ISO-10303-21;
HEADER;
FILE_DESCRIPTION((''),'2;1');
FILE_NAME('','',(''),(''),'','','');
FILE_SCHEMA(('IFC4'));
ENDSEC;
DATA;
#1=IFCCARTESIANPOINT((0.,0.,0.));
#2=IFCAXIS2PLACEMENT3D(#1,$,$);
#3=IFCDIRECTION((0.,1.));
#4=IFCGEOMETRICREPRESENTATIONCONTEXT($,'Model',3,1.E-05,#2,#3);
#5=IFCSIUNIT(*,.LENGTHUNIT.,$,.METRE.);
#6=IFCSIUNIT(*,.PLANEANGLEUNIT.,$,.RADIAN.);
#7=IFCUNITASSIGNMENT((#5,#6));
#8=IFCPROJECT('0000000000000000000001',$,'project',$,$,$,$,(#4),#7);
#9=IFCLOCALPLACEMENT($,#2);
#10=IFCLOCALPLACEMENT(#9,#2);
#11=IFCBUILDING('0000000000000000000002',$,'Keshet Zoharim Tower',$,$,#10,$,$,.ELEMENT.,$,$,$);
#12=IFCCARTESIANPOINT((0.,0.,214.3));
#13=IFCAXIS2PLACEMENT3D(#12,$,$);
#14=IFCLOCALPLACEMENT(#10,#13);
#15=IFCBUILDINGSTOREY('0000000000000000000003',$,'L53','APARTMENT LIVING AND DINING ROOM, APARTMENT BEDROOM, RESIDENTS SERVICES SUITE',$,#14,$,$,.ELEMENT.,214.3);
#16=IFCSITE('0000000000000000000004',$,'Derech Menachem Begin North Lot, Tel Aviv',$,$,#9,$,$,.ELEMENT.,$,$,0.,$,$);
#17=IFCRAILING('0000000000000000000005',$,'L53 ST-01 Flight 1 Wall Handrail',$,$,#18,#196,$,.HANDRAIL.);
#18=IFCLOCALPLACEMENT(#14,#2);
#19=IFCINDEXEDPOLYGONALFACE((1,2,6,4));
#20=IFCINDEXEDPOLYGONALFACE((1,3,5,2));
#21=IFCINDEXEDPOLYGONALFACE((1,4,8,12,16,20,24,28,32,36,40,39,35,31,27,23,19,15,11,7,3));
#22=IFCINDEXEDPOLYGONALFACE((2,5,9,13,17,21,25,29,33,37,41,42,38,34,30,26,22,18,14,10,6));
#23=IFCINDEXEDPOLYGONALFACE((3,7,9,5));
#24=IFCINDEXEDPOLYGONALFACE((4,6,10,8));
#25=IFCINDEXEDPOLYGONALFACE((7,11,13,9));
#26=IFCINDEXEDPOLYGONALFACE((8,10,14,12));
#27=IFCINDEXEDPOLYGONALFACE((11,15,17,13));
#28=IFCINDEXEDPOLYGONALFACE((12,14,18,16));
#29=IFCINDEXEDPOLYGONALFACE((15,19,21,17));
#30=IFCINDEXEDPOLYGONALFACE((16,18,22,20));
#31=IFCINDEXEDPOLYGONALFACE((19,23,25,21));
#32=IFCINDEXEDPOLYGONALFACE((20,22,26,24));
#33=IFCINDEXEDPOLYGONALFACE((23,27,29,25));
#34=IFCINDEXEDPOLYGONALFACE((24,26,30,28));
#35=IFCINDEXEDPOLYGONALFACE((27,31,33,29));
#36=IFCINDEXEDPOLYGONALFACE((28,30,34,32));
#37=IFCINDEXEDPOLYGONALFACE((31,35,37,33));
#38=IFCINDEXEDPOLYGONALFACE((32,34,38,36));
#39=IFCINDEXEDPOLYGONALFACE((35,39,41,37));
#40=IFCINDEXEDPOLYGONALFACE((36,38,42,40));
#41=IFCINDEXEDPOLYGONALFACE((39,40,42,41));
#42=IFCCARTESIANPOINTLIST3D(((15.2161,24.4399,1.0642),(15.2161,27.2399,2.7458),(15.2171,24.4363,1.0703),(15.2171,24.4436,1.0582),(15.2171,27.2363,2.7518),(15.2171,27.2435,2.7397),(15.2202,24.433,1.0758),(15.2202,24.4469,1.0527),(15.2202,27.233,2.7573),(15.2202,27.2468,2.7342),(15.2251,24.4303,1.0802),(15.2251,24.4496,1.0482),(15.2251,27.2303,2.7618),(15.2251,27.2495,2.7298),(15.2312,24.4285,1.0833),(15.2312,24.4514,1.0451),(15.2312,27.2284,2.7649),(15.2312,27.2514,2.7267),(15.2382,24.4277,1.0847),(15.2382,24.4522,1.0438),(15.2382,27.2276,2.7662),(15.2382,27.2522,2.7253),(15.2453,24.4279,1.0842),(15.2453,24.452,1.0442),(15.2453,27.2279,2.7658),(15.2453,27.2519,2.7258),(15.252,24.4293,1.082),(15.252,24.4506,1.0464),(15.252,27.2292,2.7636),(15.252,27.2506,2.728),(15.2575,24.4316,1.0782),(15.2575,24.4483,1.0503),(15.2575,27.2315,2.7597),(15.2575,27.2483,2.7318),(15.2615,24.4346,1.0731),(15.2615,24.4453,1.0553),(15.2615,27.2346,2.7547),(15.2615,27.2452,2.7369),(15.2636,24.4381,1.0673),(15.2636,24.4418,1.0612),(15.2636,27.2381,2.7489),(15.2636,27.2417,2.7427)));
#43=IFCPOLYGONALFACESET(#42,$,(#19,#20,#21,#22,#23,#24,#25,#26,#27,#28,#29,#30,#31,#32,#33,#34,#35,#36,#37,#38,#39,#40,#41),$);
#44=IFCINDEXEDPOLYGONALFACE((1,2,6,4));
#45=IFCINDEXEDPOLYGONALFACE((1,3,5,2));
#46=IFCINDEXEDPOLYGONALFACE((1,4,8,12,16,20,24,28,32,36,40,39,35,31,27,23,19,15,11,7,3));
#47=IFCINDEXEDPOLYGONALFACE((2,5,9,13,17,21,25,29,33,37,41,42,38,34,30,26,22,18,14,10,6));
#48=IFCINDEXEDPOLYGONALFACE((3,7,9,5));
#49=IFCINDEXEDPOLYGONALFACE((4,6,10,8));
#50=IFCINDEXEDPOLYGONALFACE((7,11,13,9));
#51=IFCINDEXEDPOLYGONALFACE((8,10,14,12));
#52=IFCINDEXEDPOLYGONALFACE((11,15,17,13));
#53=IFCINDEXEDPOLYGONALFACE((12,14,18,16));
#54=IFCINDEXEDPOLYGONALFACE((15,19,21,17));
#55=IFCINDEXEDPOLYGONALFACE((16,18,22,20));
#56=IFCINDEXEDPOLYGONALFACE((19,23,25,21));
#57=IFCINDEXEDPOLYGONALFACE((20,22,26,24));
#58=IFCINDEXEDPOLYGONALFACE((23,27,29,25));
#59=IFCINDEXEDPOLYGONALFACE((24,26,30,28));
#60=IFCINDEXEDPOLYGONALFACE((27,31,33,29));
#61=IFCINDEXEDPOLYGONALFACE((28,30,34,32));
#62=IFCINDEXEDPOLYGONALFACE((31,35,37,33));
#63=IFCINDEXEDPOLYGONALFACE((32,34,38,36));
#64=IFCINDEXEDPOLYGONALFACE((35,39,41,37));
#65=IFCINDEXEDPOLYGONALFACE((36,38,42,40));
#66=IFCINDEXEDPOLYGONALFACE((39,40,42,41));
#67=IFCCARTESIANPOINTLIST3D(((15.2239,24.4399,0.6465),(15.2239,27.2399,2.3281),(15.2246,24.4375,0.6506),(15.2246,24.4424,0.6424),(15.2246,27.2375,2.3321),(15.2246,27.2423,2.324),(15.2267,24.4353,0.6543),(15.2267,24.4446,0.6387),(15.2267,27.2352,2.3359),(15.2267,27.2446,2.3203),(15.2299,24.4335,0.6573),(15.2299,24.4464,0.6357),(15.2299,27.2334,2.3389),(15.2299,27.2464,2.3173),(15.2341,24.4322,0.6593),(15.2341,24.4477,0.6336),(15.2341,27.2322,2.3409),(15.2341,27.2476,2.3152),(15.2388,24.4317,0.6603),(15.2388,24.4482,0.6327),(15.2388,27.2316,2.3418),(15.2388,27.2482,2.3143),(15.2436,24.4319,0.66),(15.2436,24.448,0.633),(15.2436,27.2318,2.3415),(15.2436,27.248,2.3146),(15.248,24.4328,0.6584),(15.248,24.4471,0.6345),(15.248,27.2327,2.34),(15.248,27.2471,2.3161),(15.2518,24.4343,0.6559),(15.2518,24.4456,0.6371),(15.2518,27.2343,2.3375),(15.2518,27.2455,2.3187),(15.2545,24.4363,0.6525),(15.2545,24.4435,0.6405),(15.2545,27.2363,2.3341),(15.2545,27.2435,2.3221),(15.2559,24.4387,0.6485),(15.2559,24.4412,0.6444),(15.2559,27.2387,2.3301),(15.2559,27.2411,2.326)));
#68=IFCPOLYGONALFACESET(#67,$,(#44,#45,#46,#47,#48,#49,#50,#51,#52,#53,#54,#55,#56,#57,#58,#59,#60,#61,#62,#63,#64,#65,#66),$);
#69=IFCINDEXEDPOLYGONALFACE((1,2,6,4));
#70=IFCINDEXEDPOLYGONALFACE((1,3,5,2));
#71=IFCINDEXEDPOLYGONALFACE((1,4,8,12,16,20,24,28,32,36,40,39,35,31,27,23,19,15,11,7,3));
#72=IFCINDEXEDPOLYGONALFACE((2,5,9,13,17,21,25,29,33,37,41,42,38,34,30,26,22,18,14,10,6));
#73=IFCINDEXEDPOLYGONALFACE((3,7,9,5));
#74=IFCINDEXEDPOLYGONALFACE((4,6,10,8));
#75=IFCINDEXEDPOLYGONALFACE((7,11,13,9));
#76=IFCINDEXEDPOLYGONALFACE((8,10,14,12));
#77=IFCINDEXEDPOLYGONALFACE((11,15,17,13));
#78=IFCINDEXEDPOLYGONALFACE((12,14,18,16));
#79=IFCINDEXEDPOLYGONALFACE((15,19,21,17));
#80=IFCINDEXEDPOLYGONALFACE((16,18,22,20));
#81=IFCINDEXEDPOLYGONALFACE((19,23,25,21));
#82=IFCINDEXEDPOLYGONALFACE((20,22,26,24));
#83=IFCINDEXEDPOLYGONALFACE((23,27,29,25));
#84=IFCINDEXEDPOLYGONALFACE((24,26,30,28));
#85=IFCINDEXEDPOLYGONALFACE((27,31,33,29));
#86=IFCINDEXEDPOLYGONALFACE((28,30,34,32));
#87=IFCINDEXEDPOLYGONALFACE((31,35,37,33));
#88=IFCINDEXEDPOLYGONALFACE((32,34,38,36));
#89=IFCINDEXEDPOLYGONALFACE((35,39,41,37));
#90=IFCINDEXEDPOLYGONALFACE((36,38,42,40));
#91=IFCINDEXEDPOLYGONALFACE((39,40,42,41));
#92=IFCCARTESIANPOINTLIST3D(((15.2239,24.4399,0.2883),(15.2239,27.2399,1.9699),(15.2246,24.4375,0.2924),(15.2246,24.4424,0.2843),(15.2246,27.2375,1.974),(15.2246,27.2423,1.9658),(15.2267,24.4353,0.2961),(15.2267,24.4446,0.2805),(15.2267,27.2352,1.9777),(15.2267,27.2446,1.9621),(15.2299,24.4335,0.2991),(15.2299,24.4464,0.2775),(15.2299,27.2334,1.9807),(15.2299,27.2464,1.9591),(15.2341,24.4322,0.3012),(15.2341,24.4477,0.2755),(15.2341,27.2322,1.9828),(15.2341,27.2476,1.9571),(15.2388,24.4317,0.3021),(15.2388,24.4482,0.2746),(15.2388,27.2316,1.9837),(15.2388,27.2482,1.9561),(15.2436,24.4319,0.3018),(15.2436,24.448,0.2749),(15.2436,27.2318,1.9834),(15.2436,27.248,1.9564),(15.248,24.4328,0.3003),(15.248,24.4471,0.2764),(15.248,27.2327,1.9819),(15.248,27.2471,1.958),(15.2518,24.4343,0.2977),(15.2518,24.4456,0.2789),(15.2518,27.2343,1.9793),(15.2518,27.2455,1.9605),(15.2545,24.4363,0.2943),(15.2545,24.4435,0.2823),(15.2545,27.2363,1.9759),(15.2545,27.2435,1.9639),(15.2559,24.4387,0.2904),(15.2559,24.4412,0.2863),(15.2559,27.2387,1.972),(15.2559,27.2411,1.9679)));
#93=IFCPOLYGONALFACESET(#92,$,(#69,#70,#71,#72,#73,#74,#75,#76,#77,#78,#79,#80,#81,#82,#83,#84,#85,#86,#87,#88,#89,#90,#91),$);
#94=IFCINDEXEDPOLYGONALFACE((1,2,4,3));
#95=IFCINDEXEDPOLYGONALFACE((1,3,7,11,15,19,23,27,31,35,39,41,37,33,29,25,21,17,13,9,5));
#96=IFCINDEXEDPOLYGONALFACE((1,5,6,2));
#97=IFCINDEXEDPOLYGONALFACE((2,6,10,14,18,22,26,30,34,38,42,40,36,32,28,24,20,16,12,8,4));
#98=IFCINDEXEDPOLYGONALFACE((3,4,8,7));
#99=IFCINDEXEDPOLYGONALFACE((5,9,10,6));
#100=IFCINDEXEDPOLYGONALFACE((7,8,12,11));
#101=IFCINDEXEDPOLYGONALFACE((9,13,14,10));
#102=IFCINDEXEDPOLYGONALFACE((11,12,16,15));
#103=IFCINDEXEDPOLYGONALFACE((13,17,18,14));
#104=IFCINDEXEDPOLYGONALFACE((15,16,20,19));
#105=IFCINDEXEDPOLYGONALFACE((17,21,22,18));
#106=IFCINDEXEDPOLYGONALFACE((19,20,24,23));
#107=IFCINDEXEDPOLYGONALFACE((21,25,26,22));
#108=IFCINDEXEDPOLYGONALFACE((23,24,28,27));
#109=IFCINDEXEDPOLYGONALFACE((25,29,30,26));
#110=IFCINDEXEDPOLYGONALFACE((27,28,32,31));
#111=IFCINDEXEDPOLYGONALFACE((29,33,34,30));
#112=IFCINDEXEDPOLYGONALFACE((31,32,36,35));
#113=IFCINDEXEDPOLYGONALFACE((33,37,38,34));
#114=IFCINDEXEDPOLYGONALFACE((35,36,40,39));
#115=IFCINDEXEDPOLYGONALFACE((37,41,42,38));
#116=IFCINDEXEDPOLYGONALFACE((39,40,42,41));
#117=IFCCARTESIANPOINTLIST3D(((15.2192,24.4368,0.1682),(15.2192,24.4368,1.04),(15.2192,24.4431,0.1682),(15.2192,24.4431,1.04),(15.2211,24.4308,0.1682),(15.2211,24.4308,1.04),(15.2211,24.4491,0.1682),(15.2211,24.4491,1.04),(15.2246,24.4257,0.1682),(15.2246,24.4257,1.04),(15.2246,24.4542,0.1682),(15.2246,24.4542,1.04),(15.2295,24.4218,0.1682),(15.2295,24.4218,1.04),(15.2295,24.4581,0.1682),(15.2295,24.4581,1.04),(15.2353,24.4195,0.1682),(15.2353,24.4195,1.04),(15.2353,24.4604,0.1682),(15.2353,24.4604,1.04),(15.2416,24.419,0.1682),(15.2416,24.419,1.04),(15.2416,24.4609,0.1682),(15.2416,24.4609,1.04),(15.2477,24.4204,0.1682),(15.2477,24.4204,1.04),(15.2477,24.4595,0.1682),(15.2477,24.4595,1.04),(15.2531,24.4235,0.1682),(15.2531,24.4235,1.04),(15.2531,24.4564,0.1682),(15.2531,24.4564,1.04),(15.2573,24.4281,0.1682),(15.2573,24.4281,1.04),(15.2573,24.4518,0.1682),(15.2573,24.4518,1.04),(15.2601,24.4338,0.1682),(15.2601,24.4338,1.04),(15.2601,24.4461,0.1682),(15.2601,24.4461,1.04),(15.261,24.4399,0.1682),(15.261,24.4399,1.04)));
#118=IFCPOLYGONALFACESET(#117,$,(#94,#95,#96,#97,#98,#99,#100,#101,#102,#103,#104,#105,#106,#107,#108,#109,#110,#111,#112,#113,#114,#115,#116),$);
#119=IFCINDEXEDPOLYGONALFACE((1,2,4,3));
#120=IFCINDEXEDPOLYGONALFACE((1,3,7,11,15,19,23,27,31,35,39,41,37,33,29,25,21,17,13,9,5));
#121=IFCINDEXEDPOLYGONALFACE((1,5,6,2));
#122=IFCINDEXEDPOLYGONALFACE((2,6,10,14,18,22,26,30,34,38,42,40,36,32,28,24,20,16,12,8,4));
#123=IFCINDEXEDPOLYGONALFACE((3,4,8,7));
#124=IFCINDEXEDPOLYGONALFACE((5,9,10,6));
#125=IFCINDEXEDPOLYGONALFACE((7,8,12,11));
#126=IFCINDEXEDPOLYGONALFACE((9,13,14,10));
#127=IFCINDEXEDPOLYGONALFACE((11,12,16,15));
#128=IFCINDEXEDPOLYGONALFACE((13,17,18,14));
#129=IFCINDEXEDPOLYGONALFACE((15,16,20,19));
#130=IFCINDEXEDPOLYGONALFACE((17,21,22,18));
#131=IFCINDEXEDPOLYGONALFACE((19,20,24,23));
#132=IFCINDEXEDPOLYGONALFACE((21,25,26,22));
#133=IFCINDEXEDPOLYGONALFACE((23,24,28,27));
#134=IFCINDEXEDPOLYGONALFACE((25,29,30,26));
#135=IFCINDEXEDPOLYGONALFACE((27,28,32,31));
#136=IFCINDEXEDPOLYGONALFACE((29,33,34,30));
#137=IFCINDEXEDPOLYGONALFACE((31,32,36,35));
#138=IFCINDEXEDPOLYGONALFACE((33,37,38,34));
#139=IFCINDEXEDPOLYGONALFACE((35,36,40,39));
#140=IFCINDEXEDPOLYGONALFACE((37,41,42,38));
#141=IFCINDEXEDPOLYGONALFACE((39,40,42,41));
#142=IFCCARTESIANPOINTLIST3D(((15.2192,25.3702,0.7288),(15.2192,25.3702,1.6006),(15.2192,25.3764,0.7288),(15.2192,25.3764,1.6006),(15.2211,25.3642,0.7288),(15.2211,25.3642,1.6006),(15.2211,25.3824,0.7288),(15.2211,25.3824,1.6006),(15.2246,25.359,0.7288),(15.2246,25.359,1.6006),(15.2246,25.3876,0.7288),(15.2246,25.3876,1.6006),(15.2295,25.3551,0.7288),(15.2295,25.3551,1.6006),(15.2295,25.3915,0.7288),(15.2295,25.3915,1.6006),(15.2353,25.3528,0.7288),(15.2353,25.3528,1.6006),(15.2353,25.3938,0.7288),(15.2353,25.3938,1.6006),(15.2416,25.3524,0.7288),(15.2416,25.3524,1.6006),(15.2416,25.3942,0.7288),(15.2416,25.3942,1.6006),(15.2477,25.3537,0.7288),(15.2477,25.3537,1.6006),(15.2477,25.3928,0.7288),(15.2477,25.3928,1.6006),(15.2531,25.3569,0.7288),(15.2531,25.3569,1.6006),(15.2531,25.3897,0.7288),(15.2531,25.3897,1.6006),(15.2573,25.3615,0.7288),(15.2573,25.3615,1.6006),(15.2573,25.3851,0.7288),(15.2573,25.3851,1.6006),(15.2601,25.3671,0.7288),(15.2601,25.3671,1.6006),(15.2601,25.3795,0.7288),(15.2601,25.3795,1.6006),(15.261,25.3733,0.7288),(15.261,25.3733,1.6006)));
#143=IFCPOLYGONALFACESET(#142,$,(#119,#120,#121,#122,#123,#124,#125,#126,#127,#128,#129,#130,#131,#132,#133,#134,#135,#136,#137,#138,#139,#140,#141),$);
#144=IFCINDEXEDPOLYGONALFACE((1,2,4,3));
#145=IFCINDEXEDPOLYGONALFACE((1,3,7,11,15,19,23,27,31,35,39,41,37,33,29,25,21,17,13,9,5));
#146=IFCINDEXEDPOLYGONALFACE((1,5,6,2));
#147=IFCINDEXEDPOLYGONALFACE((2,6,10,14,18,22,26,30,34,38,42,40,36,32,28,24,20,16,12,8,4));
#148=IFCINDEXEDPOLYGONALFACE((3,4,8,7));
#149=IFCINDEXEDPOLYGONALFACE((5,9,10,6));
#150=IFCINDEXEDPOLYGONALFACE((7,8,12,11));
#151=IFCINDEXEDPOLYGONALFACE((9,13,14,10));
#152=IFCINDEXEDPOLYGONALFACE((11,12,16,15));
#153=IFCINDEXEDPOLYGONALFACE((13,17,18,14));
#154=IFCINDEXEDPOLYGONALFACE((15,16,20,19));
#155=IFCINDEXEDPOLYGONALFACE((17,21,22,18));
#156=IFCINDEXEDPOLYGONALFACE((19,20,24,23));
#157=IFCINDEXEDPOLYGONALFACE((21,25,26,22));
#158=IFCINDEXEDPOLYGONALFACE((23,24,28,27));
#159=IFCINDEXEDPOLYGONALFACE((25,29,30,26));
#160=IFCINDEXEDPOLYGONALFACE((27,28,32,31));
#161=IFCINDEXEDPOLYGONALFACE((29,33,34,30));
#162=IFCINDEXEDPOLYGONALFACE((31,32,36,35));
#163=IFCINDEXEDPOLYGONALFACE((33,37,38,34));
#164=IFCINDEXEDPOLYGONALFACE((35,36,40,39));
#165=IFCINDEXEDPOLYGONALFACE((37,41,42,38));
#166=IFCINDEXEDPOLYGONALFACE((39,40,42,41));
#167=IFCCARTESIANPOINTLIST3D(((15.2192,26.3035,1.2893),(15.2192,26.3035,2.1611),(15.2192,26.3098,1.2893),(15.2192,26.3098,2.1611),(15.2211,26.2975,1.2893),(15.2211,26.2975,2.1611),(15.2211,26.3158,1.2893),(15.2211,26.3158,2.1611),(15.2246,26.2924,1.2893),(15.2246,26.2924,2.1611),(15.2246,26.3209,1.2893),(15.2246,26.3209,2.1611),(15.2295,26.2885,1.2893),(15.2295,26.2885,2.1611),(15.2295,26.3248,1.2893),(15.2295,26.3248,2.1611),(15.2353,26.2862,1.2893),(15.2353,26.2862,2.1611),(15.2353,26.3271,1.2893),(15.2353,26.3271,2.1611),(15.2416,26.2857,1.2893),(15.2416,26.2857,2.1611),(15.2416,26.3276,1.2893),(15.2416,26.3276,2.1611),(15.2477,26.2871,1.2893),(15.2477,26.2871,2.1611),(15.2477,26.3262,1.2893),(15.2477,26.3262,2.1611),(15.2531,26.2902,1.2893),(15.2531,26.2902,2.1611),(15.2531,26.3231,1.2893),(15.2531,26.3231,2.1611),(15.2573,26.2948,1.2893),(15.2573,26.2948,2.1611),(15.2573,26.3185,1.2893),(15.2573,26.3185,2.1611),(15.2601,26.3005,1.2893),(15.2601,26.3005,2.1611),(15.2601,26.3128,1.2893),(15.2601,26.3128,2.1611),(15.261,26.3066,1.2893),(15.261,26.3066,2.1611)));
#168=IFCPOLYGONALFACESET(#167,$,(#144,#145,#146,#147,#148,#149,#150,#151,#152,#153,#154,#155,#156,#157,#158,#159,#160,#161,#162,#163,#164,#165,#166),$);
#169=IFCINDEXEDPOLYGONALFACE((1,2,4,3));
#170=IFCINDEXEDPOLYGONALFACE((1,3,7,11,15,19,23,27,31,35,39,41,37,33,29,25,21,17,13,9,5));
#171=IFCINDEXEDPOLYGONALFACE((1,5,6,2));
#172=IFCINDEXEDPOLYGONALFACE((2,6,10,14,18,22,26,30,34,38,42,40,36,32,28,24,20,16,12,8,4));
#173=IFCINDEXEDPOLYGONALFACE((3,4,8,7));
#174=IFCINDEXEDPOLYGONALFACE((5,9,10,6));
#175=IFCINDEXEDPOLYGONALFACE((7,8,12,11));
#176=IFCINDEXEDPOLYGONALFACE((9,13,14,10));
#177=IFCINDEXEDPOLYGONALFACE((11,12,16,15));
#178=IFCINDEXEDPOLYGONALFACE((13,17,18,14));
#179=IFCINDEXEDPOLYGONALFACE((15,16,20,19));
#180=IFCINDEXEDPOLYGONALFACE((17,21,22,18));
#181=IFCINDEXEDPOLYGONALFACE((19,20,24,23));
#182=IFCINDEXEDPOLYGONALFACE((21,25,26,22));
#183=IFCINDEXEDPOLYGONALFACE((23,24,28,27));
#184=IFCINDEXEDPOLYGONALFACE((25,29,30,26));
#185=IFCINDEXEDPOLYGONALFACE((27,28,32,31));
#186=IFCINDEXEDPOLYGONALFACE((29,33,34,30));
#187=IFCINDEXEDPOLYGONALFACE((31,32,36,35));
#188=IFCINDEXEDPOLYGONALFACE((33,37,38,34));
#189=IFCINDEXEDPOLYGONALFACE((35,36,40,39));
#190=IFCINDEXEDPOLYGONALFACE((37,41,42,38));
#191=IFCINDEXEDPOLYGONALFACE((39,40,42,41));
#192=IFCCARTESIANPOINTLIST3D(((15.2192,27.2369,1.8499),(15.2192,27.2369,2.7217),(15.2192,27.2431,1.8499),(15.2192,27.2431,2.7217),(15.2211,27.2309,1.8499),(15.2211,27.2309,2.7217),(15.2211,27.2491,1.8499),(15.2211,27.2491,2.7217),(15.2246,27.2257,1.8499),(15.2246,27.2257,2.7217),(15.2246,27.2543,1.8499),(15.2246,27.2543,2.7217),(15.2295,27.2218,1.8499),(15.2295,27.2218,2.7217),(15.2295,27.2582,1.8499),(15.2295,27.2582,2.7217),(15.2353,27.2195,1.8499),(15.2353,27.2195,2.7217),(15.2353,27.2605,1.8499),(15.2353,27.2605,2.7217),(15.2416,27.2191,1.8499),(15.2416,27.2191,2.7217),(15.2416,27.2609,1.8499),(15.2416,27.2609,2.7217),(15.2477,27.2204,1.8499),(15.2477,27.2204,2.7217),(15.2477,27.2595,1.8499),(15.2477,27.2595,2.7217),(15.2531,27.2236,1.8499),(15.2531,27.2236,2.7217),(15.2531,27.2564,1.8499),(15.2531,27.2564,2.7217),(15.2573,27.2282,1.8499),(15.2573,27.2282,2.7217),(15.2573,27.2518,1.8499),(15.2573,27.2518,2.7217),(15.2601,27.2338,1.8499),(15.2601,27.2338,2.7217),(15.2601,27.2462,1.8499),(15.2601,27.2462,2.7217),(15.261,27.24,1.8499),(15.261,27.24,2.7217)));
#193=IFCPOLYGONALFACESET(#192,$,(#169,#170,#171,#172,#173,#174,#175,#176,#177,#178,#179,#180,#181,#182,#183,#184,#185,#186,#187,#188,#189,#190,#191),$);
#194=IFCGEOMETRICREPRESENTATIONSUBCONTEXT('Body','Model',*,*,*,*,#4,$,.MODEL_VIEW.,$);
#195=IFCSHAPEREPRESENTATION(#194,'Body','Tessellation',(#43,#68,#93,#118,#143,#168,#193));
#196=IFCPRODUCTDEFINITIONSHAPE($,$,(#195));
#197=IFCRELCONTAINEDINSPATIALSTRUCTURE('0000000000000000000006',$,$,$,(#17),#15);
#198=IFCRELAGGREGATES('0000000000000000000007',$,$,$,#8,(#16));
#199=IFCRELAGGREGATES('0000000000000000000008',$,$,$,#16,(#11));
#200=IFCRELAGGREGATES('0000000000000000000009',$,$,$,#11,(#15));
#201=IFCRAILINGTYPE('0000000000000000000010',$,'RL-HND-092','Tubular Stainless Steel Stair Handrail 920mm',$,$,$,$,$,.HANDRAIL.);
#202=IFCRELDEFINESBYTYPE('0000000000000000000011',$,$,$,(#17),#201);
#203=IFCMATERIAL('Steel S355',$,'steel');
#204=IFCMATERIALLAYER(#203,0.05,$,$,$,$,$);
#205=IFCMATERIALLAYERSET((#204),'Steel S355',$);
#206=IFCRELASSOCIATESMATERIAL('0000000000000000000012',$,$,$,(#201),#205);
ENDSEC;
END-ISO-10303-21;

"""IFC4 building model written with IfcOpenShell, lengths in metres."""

from ifc_helpers import new_model, si_unit, direction, frame, origin, origin_2d, place, context, subcontext, project, spatial, circle, extrude, material, layer, layer_set, type_object, element, save


model = new_model("IFC4")

# Units and contexts
model_context = context("Model", 3, precision=1e-05, world=origin(), true_north=direction((0.0, 1.0)))
body_context = subcontext(model_context, "Body", "Model", "MODEL_VIEW")
ifc_project = project(units=[si_unit("LENGTHUNIT", "METRE"), si_unit("PLANEANGLEUNIT", "RADIAN")], contexts=[model_context])

# Site, building, storey
site_placement = place(None, origin())
site = spatial("IfcSite", under=ifc_project, at=site_placement, Name="Derech Menachem Begin North Lot, Tel Aviv", CompositionType="ELEMENT", RefElevation=0.0)
building_placement = place(site_placement, origin())
building = spatial("IfcBuilding", under=site, at=building_placement, Name="Keshet Zoharim Tower", CompositionType="ELEMENT")
storey_placement = place(building_placement, frame((0.0, 0.0, 214.3)))
storey = spatial("IfcBuildingStorey", under=building, at=storey_placement, Name="L53", Description="APARTMENT LIVING AND DINING ROOM, APARTMENT BEDROOM, RESIDENTS SERVICES SUITE", CompositionType="ELEMENT", Elevation=214.3)

# Railing
ifc_material_1 = material(Name="Steel S355", Category="steel")
ifc_layer_1 = layer(ifc_material_1, 0.05)
ifc_layer_set_1 = layer_set([ifc_layer_1], Name="Steel S355")
railing_type_1 = type_object("IfcRailingType", Name="RL-HND-092", Description="Tubular Stainless Steel Stair Handrail 920mm", PredefinedType="HANDRAIL", material=ifc_layer_set_1)
for number, where, name in (
    (1, (15.24, 24.4399, 0.1682), "L53 ST-01 Flight 1 Wall Handrail"),
):
    element("IfcRailing", number, at=place(storey_placement, frame(where)), inside=storey, type_object=railing_type_1, Name=name, PredefinedType="HANDRAIL", context=body_context, shape_type="SweptSolid", body=[
        extrude(circle(Radius=0.0239, at=origin_2d()), frame((0.0, 0.0, 0.896), z_axis=(0.0, 0.857275, 0.514858), x_axis=(-1.0, 0.0, 0.0)), (0.0, 0.0, 1.0), 3.2661),
        extrude(circle(Radius=0.0161, at=origin_2d()), frame((0.0, 0.0, 0.4783), z_axis=(0.0, 0.857275, 0.514858), x_axis=(-1.0, 0.0, 0.0)), (0.0, 0.0, 1.0), 3.2661),
        extrude(circle(Radius=0.0161, at=origin_2d()), frame((0.0, 0.0, 0.1201), z_axis=(0.0, 0.857275, 0.514858), x_axis=(-1.0, 0.0, 0.0)), (0.0, 0.0, 1.0), 3.2661),
        extrude(circle(Radius=0.021, at=origin_2d()), origin(), (0.0, 0.0, 1.0), 0.8718),
        extrude(circle(Radius=0.021, at=origin_2d()), frame((0.0, 0.9333, 0.5605)), (0.0, 0.0, 1.0), 0.8718),
        extrude(circle(Radius=0.021, at=origin_2d()), frame((0.0, 1.8667, 1.1211)), (0.0, 0.0, 1.0), 0.8718),
        extrude(circle(Radius=0.021, at=origin_2d()), frame((0.0, 2.8, 1.6816)), (0.0, 0.0, 1.0), 0.8718),
    ])

save(model, "model.ifc")
